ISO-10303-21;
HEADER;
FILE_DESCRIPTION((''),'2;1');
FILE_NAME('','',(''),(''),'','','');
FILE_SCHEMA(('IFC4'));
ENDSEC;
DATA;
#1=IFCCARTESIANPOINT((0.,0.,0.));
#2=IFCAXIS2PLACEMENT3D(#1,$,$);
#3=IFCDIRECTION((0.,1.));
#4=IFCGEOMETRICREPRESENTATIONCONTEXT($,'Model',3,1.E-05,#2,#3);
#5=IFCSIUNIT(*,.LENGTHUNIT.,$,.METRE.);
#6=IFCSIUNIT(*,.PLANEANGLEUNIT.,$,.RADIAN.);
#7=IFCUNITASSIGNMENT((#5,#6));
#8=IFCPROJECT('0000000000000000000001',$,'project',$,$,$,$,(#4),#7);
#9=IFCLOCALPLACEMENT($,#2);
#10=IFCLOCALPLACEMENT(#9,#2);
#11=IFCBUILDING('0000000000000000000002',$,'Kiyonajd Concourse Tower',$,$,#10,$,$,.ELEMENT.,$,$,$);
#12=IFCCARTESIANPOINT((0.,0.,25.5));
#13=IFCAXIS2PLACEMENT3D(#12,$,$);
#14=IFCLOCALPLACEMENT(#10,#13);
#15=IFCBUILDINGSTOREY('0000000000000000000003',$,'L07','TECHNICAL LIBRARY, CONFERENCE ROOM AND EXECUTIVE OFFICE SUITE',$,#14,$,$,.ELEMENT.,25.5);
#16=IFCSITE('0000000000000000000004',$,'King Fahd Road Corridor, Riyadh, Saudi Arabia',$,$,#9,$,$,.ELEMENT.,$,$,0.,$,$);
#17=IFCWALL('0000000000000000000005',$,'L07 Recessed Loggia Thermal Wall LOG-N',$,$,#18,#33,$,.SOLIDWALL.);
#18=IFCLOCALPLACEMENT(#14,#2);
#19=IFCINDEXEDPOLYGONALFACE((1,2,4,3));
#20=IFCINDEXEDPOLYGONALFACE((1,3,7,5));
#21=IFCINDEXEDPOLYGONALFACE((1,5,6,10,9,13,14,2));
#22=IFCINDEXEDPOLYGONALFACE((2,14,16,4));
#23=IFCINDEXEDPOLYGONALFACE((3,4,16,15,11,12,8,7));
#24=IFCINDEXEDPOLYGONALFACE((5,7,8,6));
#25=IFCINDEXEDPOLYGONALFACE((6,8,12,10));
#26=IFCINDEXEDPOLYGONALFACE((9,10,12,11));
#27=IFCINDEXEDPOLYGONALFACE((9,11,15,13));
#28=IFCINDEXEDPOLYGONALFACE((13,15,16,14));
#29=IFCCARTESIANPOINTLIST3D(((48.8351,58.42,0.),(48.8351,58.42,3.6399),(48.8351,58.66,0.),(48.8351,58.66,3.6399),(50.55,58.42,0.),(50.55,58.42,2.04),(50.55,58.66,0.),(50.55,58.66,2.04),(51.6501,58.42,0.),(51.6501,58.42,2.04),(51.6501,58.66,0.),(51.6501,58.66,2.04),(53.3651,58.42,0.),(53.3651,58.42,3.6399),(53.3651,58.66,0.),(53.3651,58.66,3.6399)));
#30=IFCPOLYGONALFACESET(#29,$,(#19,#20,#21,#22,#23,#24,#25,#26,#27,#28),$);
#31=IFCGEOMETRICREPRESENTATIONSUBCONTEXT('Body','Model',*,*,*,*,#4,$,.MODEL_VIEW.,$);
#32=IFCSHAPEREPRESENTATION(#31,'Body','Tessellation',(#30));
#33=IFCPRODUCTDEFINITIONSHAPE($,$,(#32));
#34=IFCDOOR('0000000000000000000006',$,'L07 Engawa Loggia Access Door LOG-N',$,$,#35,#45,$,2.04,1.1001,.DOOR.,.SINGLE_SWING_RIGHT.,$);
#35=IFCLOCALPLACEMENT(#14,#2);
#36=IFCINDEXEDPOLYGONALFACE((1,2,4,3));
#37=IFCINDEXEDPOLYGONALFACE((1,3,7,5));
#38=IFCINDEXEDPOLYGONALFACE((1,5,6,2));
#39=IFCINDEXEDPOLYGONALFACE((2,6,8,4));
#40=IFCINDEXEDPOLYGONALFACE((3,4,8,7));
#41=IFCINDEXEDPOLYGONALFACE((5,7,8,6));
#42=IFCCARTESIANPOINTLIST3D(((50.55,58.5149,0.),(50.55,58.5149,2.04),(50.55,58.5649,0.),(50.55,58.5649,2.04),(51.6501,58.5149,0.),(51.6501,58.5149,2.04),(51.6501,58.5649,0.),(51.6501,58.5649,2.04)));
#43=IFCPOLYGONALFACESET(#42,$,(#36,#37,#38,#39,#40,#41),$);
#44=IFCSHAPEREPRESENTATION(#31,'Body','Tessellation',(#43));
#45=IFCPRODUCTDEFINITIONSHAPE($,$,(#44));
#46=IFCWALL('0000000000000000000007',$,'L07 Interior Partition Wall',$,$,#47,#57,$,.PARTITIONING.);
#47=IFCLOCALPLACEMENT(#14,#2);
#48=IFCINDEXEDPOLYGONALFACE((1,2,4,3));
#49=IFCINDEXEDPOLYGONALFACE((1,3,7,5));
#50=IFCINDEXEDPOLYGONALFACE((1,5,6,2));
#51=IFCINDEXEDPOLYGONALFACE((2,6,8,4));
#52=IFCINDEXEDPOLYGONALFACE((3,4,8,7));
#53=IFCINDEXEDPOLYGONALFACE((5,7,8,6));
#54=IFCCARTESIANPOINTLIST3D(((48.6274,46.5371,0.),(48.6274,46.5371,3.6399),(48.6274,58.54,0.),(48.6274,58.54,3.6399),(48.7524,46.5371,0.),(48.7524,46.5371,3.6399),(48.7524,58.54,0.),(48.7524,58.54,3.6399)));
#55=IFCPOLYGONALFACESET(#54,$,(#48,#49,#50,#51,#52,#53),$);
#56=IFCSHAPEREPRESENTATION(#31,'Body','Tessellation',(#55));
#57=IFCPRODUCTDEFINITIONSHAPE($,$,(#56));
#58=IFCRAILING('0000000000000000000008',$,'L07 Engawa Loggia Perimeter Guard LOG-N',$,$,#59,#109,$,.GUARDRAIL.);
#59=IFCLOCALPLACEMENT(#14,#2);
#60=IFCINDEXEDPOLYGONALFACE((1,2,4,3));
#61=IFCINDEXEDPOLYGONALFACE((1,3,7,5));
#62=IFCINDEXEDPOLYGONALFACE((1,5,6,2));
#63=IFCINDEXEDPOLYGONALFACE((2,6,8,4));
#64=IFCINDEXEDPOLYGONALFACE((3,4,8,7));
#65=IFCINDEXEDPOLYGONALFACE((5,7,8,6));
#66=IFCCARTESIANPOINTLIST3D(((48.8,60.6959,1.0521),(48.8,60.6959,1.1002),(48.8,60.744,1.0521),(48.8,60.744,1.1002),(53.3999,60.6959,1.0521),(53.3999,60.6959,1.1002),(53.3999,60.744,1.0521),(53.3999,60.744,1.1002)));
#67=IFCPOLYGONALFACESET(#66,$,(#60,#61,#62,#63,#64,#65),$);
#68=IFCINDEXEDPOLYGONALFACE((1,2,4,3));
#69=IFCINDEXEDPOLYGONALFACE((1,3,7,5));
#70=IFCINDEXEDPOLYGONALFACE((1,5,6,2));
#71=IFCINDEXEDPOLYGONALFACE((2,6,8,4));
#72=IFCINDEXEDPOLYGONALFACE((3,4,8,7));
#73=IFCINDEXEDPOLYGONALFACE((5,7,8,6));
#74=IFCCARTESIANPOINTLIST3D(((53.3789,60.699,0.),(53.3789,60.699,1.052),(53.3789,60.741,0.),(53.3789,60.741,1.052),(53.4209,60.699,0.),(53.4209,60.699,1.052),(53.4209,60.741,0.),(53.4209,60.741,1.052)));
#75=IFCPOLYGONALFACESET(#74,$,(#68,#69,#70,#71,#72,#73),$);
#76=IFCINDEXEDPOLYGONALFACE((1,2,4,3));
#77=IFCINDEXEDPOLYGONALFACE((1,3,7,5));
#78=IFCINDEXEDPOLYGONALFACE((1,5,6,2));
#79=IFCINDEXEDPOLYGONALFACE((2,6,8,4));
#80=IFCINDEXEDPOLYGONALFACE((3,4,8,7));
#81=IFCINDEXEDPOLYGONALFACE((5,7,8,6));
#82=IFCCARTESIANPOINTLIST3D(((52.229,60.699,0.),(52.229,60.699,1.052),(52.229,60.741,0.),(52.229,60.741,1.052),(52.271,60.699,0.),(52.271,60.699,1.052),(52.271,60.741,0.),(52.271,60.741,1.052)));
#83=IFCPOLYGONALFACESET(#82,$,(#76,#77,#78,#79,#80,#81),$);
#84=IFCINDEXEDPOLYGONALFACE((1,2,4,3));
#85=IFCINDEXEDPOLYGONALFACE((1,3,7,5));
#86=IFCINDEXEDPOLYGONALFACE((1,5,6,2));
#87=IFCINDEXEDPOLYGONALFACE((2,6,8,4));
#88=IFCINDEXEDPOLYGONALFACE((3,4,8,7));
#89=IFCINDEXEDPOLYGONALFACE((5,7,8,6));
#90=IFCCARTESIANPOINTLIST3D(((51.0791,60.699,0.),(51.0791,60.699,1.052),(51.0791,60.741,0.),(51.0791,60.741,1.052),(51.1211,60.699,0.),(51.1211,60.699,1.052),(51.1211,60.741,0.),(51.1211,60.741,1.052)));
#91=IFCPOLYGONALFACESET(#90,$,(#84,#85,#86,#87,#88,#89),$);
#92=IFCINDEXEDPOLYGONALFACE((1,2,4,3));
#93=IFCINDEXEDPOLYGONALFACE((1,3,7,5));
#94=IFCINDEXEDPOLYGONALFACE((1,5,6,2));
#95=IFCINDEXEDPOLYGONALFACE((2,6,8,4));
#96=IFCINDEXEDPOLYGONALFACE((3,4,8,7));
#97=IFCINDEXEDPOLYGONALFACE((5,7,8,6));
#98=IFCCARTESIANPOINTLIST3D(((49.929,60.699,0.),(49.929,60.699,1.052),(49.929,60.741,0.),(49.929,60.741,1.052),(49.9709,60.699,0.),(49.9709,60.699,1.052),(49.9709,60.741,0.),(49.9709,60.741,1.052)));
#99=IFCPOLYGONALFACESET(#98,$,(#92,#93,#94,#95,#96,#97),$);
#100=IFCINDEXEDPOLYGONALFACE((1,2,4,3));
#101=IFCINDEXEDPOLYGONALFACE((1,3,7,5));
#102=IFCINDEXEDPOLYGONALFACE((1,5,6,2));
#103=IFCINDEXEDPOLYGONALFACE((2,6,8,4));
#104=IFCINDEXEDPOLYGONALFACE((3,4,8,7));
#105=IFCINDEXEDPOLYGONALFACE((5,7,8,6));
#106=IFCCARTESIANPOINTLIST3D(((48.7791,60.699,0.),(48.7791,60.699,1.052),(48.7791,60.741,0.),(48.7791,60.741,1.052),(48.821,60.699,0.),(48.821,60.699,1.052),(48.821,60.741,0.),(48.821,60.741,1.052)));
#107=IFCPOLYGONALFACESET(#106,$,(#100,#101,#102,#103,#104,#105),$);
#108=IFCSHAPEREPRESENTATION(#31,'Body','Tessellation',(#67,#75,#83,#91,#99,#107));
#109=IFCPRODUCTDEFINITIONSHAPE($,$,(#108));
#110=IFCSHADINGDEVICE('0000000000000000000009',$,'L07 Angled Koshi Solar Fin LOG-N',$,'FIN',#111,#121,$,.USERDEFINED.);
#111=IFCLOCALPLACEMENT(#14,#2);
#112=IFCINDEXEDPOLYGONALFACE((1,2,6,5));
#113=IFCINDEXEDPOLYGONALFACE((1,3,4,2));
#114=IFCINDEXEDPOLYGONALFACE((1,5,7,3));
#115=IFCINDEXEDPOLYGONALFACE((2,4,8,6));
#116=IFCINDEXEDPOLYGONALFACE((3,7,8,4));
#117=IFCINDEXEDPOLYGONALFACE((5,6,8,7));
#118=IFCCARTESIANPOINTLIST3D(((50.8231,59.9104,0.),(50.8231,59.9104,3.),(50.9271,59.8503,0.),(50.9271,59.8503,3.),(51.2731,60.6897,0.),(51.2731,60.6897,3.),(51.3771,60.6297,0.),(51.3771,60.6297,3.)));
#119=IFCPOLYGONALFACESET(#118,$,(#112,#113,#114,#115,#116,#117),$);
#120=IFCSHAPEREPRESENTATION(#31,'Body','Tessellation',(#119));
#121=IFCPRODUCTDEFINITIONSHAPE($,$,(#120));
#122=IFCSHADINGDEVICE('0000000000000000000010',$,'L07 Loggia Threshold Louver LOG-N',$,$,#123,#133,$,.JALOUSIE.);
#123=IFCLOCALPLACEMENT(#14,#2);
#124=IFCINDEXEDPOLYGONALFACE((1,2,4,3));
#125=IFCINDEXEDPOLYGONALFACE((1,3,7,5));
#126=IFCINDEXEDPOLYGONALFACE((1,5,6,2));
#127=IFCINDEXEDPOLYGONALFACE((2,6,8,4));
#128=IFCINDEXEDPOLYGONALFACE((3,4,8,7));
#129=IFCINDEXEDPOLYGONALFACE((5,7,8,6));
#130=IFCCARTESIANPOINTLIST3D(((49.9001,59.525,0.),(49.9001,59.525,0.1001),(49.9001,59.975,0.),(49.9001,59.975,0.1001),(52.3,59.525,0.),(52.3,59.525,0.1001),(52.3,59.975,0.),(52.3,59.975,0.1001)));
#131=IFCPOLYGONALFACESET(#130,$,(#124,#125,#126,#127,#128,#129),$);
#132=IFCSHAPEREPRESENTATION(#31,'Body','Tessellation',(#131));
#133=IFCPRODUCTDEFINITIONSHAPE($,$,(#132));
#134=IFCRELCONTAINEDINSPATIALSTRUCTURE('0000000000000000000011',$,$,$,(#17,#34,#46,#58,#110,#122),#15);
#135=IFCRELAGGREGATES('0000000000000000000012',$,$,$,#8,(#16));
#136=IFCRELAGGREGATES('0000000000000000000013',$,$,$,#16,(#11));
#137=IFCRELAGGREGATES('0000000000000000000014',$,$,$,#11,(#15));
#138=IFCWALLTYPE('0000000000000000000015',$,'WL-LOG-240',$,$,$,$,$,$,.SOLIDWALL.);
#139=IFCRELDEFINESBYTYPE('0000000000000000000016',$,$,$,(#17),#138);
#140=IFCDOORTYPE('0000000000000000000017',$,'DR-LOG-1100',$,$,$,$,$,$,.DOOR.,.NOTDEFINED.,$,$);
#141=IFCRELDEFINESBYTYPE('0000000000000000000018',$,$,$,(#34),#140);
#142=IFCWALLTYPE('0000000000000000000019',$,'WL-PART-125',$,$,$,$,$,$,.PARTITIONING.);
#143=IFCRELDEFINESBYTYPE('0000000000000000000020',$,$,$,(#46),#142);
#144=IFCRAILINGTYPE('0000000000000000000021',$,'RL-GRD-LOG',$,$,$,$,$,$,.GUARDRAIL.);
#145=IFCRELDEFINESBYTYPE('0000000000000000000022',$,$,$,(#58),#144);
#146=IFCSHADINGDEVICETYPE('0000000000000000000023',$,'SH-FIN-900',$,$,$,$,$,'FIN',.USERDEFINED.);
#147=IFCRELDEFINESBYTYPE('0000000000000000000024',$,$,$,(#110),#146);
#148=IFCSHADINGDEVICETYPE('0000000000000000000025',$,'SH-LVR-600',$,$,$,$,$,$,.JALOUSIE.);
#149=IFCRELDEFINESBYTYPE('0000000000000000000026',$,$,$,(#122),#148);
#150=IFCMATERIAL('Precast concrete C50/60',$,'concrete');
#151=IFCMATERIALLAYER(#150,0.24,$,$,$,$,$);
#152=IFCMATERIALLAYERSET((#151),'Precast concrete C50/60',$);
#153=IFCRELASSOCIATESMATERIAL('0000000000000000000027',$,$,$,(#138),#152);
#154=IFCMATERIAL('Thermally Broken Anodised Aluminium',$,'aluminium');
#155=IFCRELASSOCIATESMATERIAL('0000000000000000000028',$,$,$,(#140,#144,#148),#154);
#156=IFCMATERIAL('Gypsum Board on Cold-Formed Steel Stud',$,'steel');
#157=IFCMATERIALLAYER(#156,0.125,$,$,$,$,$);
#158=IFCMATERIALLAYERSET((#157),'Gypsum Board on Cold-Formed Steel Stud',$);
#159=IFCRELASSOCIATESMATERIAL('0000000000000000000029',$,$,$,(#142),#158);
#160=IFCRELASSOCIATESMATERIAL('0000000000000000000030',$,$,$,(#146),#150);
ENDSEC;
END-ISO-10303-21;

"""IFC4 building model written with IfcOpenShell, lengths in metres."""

from ifc_helpers import new_model, si_unit, direction, frame, frame_2d, origin, origin_2d, place, context, subcontext, project, spatial, rectangle, extrude, material, layer, layer_set, type_object, element, fill, save


model = new_model("IFC4")

# Units and contexts
model_context = context("Model", 3, precision=1e-05, world=origin(), true_north=direction((0.0, 1.0)))
body_context = subcontext(model_context, "Body", "Model", "MODEL_VIEW")
ifc_project = project(units=[si_unit("LENGTHUNIT", "METRE"), si_unit("PLANEANGLEUNIT", "RADIAN")], contexts=[model_context])

# Site, building, storey
site_placement = place(None, origin())
site = spatial("IfcSite", under=ifc_project, at=site_placement, Name="King Fahd Road Corridor, Riyadh, Saudi Arabia", CompositionType="ELEMENT", RefElevation=0.0)
building_placement = place(site_placement, origin())
building = spatial("IfcBuilding", under=site, at=building_placement, Name="Kiyonajd Concourse Tower", CompositionType="ELEMENT")
storey_placement = place(building_placement, frame((0.0, 0.0, 25.5)))
storey = spatial("IfcBuildingStorey", under=building, at=storey_placement, Name="L07", Description="TECHNICAL LIBRARY, CONFERENCE ROOM AND EXECUTIVE OFFICE SUITE", CompositionType="ELEMENT", Elevation=25.5)

# Shared definitions
ifc_material_1 = material(Name="Precast concrete C50/60", Category="concrete")

# Shared definitions
ifc_material_2 = material(Name="Thermally Broken Anodised Aluminium", Category="aluminium")

# Wall, opening, door
ifc_layer_1 = layer(ifc_material_1, 0.24)
ifc_layer_set_1 = layer_set([ifc_layer_1], Name="Precast concrete C50/60")
wall_type_1 = type_object("IfcWallType", Name="WL-LOG-240", PredefinedType="SOLIDWALL", material=ifc_layer_set_1)
wall_1_placement = place(storey_placement, frame((48.835, 58.54, 0.0), z_axis=(0.0, 0.0, 1.0), x_axis=(1.0, 0.0, 0.0)))
wall_1 = element("IfcWall", 1, at=wall_1_placement, inside=storey, type_object=wall_type_1, Name="L07 Recessed Loggia Thermal Wall LOG-N", PredefinedType="SOLIDWALL", context=body_context, shape_type="SweptSolid", body=[
    extrude(rectangle(XDim=4.53, YDim=0.24, at=frame_2d((2.2651, 0.0))), origin(), (0.0, 0.0, 1.0), 3.6399),
])
opening_1_placement = place(wall_1_placement, frame((1.7151, 0.0, 0.0)))
opening_1 = element("IfcOpeningElement", 2, at=opening_1_placement, cuts=wall_1, PredefinedType="OPENING", context=body_context, shape_type="SweptSolid", body=[
    extrude(rectangle(XDim=1.1001, YDim=2.04, at=frame_2d((0.55, 1.02))), frame((0.0, 0.1299, 0.0), z_axis=(0.0, -1.0, 0.0), x_axis=(1.0, 0.0, 0.0)), (0.0, 0.0, 1.0), 0.26),
])
door_type = type_object("IfcDoorType", Name="DR-LOG-1100", OperationType="NOTDEFINED", PredefinedType="DOOR", material=ifc_material_2)
door_placement = place(opening_1_placement, origin())
door = element("IfcDoor", 3, at=door_placement, inside=storey, type_object=door_type, Name="L07 Engawa Loggia Access Door LOG-N", OperationType="SINGLE_SWING_RIGHT", OverallHeight=2.04, OverallWidth=1.1001, PredefinedType="DOOR", context=body_context, shape_type="SweptSolid", body=[
    extrude(rectangle(XDim=1.1001, YDim=2.04, at=frame_2d((0.55, 1.02))), frame((0.0, 0.0249, 0.0), z_axis=(0.0, -1.0, 0.0), x_axis=(1.0, 0.0, 0.0)), (0.0, 0.0, 1.0), 0.05),
])
fill(opening_1, door)

# Wall
ifc_material_3 = material(Name="Gypsum Board on Cold-Formed Steel Stud", Category="steel")
ifc_layer_2 = layer(ifc_material_3, 0.125)
ifc_layer_set_2 = layer_set([ifc_layer_2], Name="Gypsum Board on Cold-Formed Steel Stud")
wall_type_2 = type_object("IfcWallType", Name="WL-PART-125", PredefinedType="PARTITIONING", material=ifc_layer_set_2)
wall_2_placement = place(storey_placement, frame((48.6899, 46.5371, 0.0), z_axis=(0.0, 0.0, 1.0), x_axis=(0.0, 1.0, 0.0)))
element("IfcWall", 4, at=wall_2_placement, inside=storey, type_object=wall_type_2, Name="L07 Interior Partition Wall", PredefinedType="PARTITIONING", context=body_context, shape_type="SweptSolid", body=[
    extrude(rectangle(XDim=12.0029, YDim=0.125, at=frame_2d((6.0015, 0.0))), origin(), (0.0, 0.0, 1.0), 3.6399),
])

# Railing
railing_type = type_object("IfcRailingType", Name="RL-GRD-LOG", PredefinedType="GUARDRAIL", material=ifc_material_2)
railing_placement = place(storey_placement, frame((53.3999, 60.72, 0.0)))
element("IfcRailing", 5, at=railing_placement, inside=storey, type_object=railing_type, Name="L07 Engawa Loggia Perimeter Guard LOG-N", PredefinedType="GUARDRAIL", context=body_context, shape_type="SweptSolid", body=[
    extrude(rectangle(XDim=0.0481, YDim=0.0481, at=origin_2d()), frame((0.0, 0.0, 1.0762), z_axis=(-1.0, 0.0, 0.0), x_axis=(0.0, -1.0, 0.0)), (0.0, 0.0, 1.0), 4.5999),
    extrude(rectangle(XDim=0.042, YDim=0.042, at=origin_2d()), origin(), (0.0, 0.0, 1.0), 1.052),
    extrude(rectangle(XDim=0.042, YDim=0.042, at=origin_2d()), frame((-1.1499, 0.0, 0.0)), (0.0, 0.0, 1.0), 1.052),
    extrude(rectangle(XDim=0.042, YDim=0.042, at=origin_2d()), frame((-2.2998, 0.0, 0.0)), (0.0, 0.0, 1.0), 1.052),
    extrude(rectangle(XDim=0.042, YDim=0.042, at=origin_2d()), frame((-3.45, 0.0, 0.0)), (0.0, 0.0, 1.0), 1.052),
    extrude(rectangle(XDim=0.042, YDim=0.042, at=origin_2d()), frame((-4.5999, 0.0, 0.0)), (0.0, 0.0, 1.0), 1.052),
])

# Shading devices
shading_device_type_1 = type_object("IfcShadingDeviceType", Name="SH-FIN-900", ElementType="FIN", PredefinedType="USERDEFINED", material=ifc_material_1)
shading_device_1_placement = place(storey_placement, frame((51.1001, 60.27, 0.0), z_axis=(0.0, 0.0, 1.0), x_axis=(0.5, 0.866025, 0.0)))
element("IfcShadingDevice", 6, at=shading_device_1_placement, inside=storey, type_object=shading_device_type_1, Name="L07 Angled Koshi Solar Fin LOG-N", ObjectType="FIN", PredefinedType="USERDEFINED", context=body_context, shape_type="SweptSolid", body=[
    extrude(rectangle(XDim=0.8999, YDim=0.1201, at=origin_2d()), origin(), (0.0, 0.0, 1.0), 3.0),
])
shading_device_type_2 = type_object("IfcShadingDeviceType", Name="SH-LVR-600", PredefinedType="JALOUSIE", material=ifc_material_2)
shading_device_2_placement = place(storey_placement, frame((51.1001, 59.75, 0.0), z_axis=(0.0, 0.0, 1.0), x_axis=(1.0, 0.0, 0.0)))
element("IfcShadingDevice", 7, at=shading_device_2_placement, inside=storey, type_object=shading_device_type_2, Name="L07 Loggia Threshold Louver LOG-N", PredefinedType="JALOUSIE", context=body_context, shape_type="SweptSolid", body=[
    extrude(rectangle(XDim=2.3999, YDim=0.45, at=origin_2d()), origin(), (0.0, 0.0, 1.0), 0.1001),
])

save(model, "model.ifc")
